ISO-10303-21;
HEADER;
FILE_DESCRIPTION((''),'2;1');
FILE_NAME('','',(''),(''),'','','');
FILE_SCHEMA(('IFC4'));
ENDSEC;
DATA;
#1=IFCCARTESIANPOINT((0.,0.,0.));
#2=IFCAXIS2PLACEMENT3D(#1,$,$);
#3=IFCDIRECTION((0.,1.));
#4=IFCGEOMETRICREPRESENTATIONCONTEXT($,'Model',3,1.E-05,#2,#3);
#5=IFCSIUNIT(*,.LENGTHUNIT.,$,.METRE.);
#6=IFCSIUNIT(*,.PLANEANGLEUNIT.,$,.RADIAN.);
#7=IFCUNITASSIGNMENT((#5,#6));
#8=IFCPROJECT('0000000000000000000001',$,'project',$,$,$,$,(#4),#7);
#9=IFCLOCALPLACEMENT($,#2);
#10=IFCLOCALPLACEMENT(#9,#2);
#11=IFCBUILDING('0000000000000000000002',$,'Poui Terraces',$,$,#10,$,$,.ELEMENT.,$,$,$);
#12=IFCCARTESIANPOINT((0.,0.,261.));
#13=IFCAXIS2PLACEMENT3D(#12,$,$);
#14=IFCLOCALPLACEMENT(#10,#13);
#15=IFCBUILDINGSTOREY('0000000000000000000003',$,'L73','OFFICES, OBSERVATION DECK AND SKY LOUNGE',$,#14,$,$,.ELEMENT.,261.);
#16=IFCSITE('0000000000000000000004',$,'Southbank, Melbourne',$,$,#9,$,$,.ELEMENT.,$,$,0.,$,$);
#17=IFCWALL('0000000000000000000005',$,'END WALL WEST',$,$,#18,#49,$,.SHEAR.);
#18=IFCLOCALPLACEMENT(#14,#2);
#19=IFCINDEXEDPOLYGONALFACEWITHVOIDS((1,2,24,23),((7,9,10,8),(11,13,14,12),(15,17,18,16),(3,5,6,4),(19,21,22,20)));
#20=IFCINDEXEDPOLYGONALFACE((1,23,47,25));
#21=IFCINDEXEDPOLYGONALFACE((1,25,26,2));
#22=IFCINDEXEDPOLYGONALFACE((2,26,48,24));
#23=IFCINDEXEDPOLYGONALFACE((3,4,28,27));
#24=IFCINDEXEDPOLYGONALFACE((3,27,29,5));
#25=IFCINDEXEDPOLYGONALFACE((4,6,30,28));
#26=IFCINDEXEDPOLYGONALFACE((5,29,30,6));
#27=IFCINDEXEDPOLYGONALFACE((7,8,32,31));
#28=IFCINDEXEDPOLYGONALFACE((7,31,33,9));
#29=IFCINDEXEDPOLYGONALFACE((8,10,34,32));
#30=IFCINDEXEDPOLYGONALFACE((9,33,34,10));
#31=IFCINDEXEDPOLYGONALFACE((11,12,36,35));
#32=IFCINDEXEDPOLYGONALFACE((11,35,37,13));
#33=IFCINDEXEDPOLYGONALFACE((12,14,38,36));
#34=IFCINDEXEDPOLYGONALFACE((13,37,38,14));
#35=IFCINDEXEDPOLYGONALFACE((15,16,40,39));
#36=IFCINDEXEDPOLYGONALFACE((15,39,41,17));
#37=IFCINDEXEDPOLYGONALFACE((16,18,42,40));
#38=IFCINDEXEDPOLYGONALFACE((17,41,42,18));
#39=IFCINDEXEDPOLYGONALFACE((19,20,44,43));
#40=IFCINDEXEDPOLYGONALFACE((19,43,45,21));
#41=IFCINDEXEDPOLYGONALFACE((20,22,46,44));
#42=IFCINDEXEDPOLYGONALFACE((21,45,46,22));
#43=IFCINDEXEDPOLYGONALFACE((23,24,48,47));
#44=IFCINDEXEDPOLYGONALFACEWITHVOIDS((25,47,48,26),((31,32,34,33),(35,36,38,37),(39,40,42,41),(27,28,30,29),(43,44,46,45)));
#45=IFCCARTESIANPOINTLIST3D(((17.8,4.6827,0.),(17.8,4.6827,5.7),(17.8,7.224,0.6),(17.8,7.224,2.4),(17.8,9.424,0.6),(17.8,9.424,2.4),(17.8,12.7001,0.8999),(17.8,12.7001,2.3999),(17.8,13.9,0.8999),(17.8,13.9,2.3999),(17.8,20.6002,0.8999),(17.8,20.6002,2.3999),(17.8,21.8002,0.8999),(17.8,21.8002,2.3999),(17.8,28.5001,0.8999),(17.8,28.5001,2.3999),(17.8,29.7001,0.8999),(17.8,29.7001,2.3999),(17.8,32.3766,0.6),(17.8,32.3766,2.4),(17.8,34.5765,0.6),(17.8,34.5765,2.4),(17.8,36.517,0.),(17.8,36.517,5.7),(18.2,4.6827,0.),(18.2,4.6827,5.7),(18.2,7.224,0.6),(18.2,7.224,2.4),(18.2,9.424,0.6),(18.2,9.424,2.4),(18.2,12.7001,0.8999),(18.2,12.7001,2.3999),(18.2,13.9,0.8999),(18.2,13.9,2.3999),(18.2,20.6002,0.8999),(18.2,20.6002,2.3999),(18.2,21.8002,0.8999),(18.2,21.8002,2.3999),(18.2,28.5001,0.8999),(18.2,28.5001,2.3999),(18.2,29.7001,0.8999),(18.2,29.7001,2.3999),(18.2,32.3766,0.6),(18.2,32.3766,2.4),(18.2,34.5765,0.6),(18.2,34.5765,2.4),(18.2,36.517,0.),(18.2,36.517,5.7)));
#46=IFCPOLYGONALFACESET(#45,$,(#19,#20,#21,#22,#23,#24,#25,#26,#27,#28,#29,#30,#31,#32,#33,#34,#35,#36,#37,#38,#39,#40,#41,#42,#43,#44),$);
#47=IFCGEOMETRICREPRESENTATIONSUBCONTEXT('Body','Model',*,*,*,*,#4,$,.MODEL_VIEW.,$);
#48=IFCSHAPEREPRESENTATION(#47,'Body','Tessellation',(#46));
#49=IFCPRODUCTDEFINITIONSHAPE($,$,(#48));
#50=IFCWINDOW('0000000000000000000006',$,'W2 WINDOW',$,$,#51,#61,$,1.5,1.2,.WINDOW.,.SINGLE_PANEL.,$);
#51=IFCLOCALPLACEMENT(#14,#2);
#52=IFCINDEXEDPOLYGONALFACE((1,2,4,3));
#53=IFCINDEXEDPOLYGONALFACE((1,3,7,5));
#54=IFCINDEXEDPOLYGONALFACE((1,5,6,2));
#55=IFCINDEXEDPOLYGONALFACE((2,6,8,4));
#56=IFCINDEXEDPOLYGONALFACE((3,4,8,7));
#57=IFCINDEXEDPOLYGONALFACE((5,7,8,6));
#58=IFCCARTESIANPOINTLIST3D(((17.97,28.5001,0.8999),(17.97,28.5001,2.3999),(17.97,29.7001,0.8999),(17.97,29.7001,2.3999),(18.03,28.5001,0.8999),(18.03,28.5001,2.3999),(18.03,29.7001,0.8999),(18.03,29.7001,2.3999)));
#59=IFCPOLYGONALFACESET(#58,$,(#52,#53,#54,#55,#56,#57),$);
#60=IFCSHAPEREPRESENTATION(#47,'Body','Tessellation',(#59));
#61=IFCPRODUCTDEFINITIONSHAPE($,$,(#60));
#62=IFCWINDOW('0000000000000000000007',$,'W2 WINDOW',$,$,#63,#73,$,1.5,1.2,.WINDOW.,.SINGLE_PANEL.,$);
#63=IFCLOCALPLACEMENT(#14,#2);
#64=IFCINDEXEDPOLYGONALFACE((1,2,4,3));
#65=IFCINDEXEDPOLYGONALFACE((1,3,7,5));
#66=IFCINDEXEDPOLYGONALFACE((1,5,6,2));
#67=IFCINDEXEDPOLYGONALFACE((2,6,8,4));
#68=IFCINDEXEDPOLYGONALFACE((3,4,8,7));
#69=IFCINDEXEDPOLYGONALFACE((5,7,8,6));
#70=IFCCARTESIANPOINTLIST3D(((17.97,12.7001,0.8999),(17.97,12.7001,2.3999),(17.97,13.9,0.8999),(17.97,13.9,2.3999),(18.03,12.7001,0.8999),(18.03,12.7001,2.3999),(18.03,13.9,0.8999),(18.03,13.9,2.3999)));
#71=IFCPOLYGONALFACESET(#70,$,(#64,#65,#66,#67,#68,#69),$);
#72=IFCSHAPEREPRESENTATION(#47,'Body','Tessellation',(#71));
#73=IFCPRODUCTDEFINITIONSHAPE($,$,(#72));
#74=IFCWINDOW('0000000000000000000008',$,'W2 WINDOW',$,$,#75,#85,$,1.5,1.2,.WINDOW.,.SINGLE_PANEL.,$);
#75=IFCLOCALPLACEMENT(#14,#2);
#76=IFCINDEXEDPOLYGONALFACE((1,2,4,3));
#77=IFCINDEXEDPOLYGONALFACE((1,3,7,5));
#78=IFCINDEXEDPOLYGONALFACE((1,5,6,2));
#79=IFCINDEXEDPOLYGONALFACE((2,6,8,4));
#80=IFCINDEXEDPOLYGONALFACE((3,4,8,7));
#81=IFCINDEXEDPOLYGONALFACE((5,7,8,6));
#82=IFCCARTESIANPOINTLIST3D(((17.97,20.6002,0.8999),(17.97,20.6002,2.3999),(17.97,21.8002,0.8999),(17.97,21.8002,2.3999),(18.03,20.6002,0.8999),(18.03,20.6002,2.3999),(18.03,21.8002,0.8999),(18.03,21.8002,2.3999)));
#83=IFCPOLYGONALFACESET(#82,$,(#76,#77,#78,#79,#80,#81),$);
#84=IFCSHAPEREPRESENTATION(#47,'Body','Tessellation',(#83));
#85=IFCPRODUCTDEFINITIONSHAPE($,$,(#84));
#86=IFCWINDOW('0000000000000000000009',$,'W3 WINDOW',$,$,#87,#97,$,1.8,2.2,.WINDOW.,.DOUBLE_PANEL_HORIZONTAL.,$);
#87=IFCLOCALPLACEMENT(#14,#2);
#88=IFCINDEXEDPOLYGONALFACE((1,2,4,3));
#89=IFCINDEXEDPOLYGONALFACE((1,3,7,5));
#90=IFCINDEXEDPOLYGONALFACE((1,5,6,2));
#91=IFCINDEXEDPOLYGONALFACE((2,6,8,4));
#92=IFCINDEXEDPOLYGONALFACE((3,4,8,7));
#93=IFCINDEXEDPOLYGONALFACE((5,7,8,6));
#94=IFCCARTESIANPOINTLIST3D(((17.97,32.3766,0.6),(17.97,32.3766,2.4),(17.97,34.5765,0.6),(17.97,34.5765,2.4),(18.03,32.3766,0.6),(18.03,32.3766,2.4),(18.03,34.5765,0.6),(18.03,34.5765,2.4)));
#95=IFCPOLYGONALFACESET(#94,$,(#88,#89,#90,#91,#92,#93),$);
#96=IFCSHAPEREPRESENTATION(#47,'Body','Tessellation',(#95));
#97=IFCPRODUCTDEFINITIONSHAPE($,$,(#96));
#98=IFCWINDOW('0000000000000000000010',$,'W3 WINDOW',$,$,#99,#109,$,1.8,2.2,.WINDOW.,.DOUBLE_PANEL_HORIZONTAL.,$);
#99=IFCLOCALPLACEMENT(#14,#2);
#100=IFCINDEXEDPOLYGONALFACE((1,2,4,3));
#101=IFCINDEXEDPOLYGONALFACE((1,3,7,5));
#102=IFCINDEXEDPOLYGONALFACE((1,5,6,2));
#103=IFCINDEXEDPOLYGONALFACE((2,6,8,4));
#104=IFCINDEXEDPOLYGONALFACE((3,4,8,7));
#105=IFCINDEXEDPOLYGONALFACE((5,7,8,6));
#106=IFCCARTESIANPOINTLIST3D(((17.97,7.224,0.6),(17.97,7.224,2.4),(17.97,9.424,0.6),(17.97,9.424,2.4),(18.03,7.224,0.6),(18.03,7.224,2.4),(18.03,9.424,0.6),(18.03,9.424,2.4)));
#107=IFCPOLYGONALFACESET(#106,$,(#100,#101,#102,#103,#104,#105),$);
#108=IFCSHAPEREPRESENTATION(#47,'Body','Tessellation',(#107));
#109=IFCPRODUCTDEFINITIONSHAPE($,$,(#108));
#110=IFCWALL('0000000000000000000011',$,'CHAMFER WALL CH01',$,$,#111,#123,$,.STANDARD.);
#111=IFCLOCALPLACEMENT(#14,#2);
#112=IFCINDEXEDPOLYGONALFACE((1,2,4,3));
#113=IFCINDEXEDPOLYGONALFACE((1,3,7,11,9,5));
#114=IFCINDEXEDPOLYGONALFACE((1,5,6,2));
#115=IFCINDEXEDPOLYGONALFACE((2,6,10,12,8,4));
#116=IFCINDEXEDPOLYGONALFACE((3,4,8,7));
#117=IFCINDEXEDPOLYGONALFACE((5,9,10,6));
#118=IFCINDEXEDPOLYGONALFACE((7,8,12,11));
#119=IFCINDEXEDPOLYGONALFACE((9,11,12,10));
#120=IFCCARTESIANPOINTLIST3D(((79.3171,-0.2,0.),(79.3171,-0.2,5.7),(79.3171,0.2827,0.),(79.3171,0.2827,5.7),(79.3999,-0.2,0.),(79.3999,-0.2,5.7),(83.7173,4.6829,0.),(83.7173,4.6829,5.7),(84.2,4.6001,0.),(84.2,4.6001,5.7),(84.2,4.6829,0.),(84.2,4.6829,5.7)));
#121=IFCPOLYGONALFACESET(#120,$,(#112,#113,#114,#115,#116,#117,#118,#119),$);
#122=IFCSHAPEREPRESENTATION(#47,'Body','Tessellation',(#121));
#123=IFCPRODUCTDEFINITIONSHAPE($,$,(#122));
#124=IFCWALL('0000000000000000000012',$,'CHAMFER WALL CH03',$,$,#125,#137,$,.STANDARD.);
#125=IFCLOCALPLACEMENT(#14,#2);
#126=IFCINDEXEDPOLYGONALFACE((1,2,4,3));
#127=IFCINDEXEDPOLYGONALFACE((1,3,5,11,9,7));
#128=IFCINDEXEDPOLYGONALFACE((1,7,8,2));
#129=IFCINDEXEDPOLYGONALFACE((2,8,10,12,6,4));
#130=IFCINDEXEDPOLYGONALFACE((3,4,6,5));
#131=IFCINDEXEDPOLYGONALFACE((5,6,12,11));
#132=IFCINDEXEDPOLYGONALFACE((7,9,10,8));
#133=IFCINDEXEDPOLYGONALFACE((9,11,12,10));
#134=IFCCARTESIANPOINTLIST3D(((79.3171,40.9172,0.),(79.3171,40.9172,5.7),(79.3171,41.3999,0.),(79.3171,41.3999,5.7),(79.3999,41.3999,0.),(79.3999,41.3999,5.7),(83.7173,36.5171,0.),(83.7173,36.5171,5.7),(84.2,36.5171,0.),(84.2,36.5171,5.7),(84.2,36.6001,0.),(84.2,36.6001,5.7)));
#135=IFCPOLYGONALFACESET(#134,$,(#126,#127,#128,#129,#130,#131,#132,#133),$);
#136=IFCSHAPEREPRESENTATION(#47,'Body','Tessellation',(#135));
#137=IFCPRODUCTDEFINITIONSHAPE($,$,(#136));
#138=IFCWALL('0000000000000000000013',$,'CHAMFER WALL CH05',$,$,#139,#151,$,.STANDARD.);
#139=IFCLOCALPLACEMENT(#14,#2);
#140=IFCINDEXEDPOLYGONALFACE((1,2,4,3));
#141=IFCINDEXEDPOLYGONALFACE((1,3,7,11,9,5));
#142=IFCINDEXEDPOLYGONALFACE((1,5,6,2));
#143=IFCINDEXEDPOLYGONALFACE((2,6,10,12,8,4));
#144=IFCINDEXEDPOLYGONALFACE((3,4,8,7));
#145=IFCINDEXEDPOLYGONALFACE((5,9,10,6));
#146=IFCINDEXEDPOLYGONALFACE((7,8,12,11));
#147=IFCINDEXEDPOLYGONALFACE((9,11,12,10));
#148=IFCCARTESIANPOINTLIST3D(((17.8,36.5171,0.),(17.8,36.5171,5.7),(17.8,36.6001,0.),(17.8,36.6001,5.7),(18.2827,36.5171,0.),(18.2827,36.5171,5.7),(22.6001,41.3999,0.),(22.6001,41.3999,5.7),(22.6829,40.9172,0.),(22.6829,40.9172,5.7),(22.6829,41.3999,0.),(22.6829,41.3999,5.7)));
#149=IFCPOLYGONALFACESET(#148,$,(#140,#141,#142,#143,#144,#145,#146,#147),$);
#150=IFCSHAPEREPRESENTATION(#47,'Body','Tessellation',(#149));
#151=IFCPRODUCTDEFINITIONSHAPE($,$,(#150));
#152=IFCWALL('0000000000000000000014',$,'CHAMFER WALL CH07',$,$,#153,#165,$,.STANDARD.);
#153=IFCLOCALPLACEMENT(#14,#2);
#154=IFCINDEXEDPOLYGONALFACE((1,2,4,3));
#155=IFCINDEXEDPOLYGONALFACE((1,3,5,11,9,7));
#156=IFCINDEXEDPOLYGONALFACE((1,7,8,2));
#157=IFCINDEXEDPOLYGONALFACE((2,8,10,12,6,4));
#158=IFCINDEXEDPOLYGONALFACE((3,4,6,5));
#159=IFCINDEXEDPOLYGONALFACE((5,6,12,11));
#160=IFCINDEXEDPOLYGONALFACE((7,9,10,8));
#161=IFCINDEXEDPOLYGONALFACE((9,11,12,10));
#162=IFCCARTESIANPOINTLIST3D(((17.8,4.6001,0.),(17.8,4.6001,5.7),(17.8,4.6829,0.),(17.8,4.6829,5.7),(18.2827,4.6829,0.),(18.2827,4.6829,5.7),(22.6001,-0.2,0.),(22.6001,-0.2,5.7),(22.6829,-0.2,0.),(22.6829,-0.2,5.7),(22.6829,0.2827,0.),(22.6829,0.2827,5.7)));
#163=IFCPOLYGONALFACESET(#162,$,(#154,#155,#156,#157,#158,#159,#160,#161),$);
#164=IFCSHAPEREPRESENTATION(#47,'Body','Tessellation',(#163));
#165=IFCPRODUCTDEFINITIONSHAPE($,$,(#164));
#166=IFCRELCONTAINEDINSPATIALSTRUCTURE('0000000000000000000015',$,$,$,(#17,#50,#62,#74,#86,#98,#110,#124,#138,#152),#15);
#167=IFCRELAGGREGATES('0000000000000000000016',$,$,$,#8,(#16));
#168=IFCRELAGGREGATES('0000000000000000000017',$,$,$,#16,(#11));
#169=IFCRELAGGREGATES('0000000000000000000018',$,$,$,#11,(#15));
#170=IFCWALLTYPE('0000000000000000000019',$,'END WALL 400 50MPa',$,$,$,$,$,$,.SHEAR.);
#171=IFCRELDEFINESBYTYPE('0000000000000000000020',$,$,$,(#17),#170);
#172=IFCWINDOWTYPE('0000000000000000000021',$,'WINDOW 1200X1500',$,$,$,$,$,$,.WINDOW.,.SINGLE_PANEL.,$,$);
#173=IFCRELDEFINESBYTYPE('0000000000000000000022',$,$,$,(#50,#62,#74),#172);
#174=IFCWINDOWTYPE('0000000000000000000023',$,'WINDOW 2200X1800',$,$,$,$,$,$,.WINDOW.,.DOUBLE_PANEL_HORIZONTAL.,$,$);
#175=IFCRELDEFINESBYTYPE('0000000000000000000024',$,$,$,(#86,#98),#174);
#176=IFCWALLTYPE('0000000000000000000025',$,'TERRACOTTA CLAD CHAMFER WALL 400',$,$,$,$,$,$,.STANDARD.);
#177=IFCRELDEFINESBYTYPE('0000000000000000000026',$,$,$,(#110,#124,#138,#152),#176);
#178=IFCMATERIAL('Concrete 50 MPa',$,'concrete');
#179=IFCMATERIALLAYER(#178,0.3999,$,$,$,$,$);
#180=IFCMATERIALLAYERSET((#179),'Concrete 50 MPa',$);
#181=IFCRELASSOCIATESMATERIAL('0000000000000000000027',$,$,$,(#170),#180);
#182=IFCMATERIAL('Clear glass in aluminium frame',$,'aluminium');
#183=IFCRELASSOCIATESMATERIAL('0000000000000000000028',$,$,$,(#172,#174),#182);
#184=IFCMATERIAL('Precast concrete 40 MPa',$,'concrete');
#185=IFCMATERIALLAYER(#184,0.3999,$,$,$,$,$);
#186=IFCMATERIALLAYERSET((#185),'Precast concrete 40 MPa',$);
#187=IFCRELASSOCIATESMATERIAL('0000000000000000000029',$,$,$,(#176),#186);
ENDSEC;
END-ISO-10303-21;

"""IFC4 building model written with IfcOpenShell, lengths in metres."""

from ifc_helpers import new_model, si_unit, direction, frame, frame_2d, origin, place, context, subcontext, project, spatial, polyline, rectangle, outline, extrude, material, layer, layer_set, type_object, element, fill, save


model = new_model("IFC4")

# Units and contexts
model_context = context("Model", 3, precision=1e-05, world=origin(), true_north=direction((0.0, 1.0)))
body_context = subcontext(model_context, "Body", "Model", "MODEL_VIEW")
ifc_project = project(units=[si_unit("LENGTHUNIT", "METRE"), si_unit("PLANEANGLEUNIT", "RADIAN")], contexts=[model_context])

# Site, building, storey
site_placement = place(None, origin())
site = spatial("IfcSite", under=ifc_project, at=site_placement, Name="Southbank, Melbourne", CompositionType="ELEMENT", RefElevation=0.0)
building_placement = place(site_placement, origin())
building = spatial("IfcBuilding", under=site, at=building_placement, Name="Poui Terraces", CompositionType="ELEMENT")
storey_placement = place(building_placement, frame((0.0, 0.0, 261.0)))
storey = spatial("IfcBuildingStorey", under=building, at=storey_placement, Name="L73", Description="OFFICES, OBSERVATION DECK AND SKY LOUNGE", CompositionType="ELEMENT", Elevation=261.0)

# Shared definitions
ifc_material_1 = material(Name="Concrete 50 MPa", Category="concrete")

# Wall, openings, windows
ifc_layer_1 = layer(ifc_material_1, 0.3999)
ifc_layer_set_1 = layer_set([ifc_layer_1], Name="Concrete 50 MPa")
wall_type_1 = type_object("IfcWallType", Name="END WALL 400 50MPa", PredefinedType="SHEAR", material=ifc_layer_set_1)
wall_1_placement = place(storey_placement, frame((18.0, 4.6829, 0.0), z_axis=(0.0, 0.0, 1.0), x_axis=(0.0, 1.0, 0.0)))
wall_1 = element("IfcWall", 1, at=wall_1_placement, inside=storey, type_object=wall_type_1, Name="END WALL WEST", PredefinedType="SHEAR", context=body_context, shape_type="SweptSolid", body=[
    extrude(rectangle(XDim=31.8342, YDim=0.3999, at=frame_2d((15.917, 0.0))), origin(), (0.0, 0.0, 1.0), 5.7),
])
opening_1_placement = place(wall_1_placement, frame((23.8171, 0.0, 0.8999)))
opening_1 = element("IfcOpeningElement", 2, at=opening_1_placement, cuts=wall_1, PredefinedType="OPENING", context=body_context, shape_type="SweptSolid", body=[
    extrude(rectangle(XDim=1.2, YDim=1.5, at=frame_2d((0.6001, 0.75))), frame((0.0, 0.21, 0.0), z_axis=(0.0, -1.0, 0.0), x_axis=(1.0, 0.0, 0.0)), (0.0, 0.0, 1.0), 0.4199),
])
opening_2_placement = place(wall_1_placement, frame((8.0171, 0.0, 0.8999)))
opening_2 = element("IfcOpeningElement", 3, at=opening_2_placement, cuts=wall_1, PredefinedType="OPENING", context=body_context, shape_type="SweptSolid", body=[
    extrude(rectangle(XDim=1.2, YDim=1.5, at=frame_2d((0.6001, 0.75))), frame((0.0, 0.21, 0.0), z_axis=(0.0, -1.0, 0.0), x_axis=(1.0, 0.0, 0.0)), (0.0, 0.0, 1.0), 0.4199),
])
opening_3_placement = place(wall_1_placement, frame((27.6936, 0.0, 0.6001)))
opening_3 = element("IfcOpeningElement", 4, at=opening_3_placement, cuts=wall_1, PredefinedType="OPENING", context=body_context, shape_type="SweptSolid", body=[
    extrude(rectangle(XDim=2.2, YDim=1.8, at=frame_2d((1.1001, 0.8999))), frame((0.0, 0.21, 0.0), z_axis=(0.0, -1.0, 0.0), x_axis=(1.0, 0.0, 0.0)), (0.0, 0.0, 1.0), 0.4199),
])
opening_4_placement = place(wall_1_placement, frame((2.541, 0.0, 0.6001)))
opening_4 = element("IfcOpeningElement", 5, at=opening_4_placement, cuts=wall_1, PredefinedType="OPENING", context=body_context, shape_type="SweptSolid", body=[
    extrude(rectangle(XDim=2.2, YDim=1.8, at=frame_2d((1.1001, 0.8999))), frame((0.0, 0.21, 0.0), z_axis=(0.0, -1.0, 0.0), x_axis=(1.0, 0.0, 0.0)), (0.0, 0.0, 1.0), 0.4199),
])
opening_5_placement = place(wall_1_placement, frame((15.9172, 0.0, 0.8999)))
opening_5 = element("IfcOpeningElement", 6, at=opening_5_placement, cuts=wall_1, PredefinedType="OPENING", context=body_context, shape_type="SweptSolid", body=[
    extrude(rectangle(XDim=1.2, YDim=1.5, at=frame_2d((0.6001, 0.75))), frame((0.0, 0.21, 0.0), z_axis=(0.0, -1.0, 0.0), x_axis=(1.0, 0.0, 0.0)), (0.0, 0.0, 1.0), 0.4199),
])
ifc_material_2 = material(Name="Clear glass in aluminium frame", Category="aluminium")
window_type_1 = type_object("IfcWindowType", Name="WINDOW 1200X1500", PartitioningType="SINGLE_PANEL", PredefinedType="WINDOW", material=ifc_material_2)
window_1_placement = place(opening_1_placement, origin())
window_1 = element("IfcWindow", 7, at=window_1_placement, inside=storey, type_object=window_type_1, Name="W2 WINDOW", OverallHeight=1.5, OverallWidth=1.2, PartitioningType="SINGLE_PANEL", PredefinedType="WINDOW", context=body_context, shape_type="SweptSolid", body=[
    extrude(rectangle(XDim=1.2, YDim=1.5, at=frame_2d((0.6001, 0.75))), frame((0.0, 0.03, 0.0), z_axis=(0.0, -1.0, 0.0), x_axis=(1.0, 0.0, 0.0)), (0.0, 0.0, 1.0), 0.0601),
])
fill(opening_1, window_1)
window_2_placement = place(opening_2_placement, origin())
window_2 = element("IfcWindow", 8, at=window_2_placement, inside=storey, type_object=window_type_1, Name="W2 WINDOW", OverallHeight=1.5, OverallWidth=1.2, PartitioningType="SINGLE_PANEL", PredefinedType="WINDOW", context=body_context, shape_type="SweptSolid", body=[
    extrude(rectangle(XDim=1.2, YDim=1.5, at=frame_2d((0.6001, 0.75))), frame((0.0, 0.03, 0.0), z_axis=(0.0, -1.0, 0.0), x_axis=(1.0, 0.0, 0.0)), (0.0, 0.0, 1.0), 0.0601),
])
fill(opening_2, window_2)
window_3_placement = place(opening_5_placement, origin())
window_3 = element("IfcWindow", 9, at=window_3_placement, inside=storey, type_object=window_type_1, Name="W2 WINDOW", OverallHeight=1.5, OverallWidth=1.2, PartitioningType="SINGLE_PANEL", PredefinedType="WINDOW", context=body_context, shape_type="SweptSolid", body=[
    extrude(rectangle(XDim=1.2, YDim=1.5, at=frame_2d((0.6001, 0.75))), frame((0.0, 0.03, 0.0), z_axis=(0.0, -1.0, 0.0), x_axis=(1.0, 0.0, 0.0)), (0.0, 0.0, 1.0), 0.0601),
])
fill(opening_5, window_3)
window_type_2 = type_object("IfcWindowType", Name="WINDOW 2200X1800", PartitioningType="DOUBLE_PANEL_HORIZONTAL", PredefinedType="WINDOW", material=ifc_material_2)
window_4_placement = place(opening_3_placement, origin())
window_4 = element("IfcWindow", 10, at=window_4_placement, inside=storey, type_object=window_type_2, Name="W3 WINDOW", OverallHeight=1.8, OverallWidth=2.2, PartitioningType="DOUBLE_PANEL_HORIZONTAL", PredefinedType="WINDOW", context=body_context, shape_type="SweptSolid", body=[
    extrude(rectangle(XDim=2.2, YDim=1.8, at=frame_2d((1.1001, 0.8999))), frame((0.0, 0.03, 0.0), z_axis=(0.0, -1.0, 0.0), x_axis=(1.0, 0.0, 0.0)), (0.0, 0.0, 1.0), 0.0601),
])
fill(opening_3, window_4)
window_5_placement = place(opening_4_placement, origin())
window_5 = element("IfcWindow", 11, at=window_5_placement, inside=storey, type_object=window_type_2, Name="W3 WINDOW", OverallHeight=1.8, OverallWidth=2.2, PartitioningType="DOUBLE_PANEL_HORIZONTAL", PredefinedType="WINDOW", context=body_context, shape_type="SweptSolid", body=[
    extrude(rectangle(XDim=2.2, YDim=1.8, at=frame_2d((1.1001, 0.8999))), frame((0.0, 0.03, 0.0), z_axis=(0.0, -1.0, 0.0), x_axis=(1.0, 0.0, 0.0)), (0.0, 0.0, 1.0), 0.0601),
])
fill(opening_4, window_5)

# Walls
ifc_material_3 = material(Name="Precast concrete 40 MPa", Category="concrete")
ifc_layer_2 = layer(ifc_material_3, 0.3999)
ifc_layer_set_2 = layer_set([ifc_layer_2], Name="Precast concrete 40 MPa")
wall_type_2 = type_object("IfcWallType", Name="TERRACOTTA CLAD CHAMFER WALL 400", PredefinedType="STANDARD", material=ifc_layer_set_2)
wall_2_placement = place(storey_placement, origin())
element("IfcWall", 12, at=wall_2_placement, inside=storey, type_object=wall_type_2, Name="CHAMFER WALL CH01", PredefinedType="STANDARD", context=body_context, shape_type="SweptSolid", body=[
    extrude(outline(polyline([(79.3171, -0.2), (79.3999, -0.2), (84.2, 4.6001), (84.2, 4.6829), (83.7173, 4.6829), (79.3171, 0.2827), (79.3171, -0.2)])), origin(), (0.0, 0.0, 1.0), 5.7),
])
wall_3_placement = place(storey_placement, origin())
element("IfcWall", 13, at=wall_3_placement, inside=storey, type_object=wall_type_2, Name="CHAMFER WALL CH03", PredefinedType="STANDARD", context=body_context, shape_type="SweptSolid", body=[
    extrude(outline(polyline([(84.2, 36.5171), (84.2, 36.6001), (79.3999, 41.3999), (79.3171, 41.3999), (79.3171, 40.9172), (83.7173, 36.5171), (84.2, 36.5171)])), origin(), (0.0, 0.0, 1.0), 5.7),
])
wall_4_placement = place(storey_placement, origin())
element("IfcWall", 14, at=wall_4_placement, inside=storey, type_object=wall_type_2, Name="CHAMFER WALL CH05", PredefinedType="STANDARD", context=body_context, shape_type="SweptSolid", body=[
    extrude(outline(polyline([(22.6829, 41.3999), (22.6001, 41.3999), (17.8, 36.6001), (17.8, 36.5171), (18.2827, 36.5171), (22.6829, 40.9172), (22.6829, 41.3999)])), origin(), (0.0, 0.0, 1.0), 5.7),
])
wall_5_placement = place(storey_placement, origin())
element("IfcWall", 15, at=wall_5_placement, inside=storey, type_object=wall_type_2, Name="CHAMFER WALL CH07", PredefinedType="STANDARD", context=body_context, shape_type="SweptSolid", body=[
    extrude(outline(polyline([(17.8, 4.6829), (17.8, 4.6001), (22.6001, -0.2), (22.6829, -0.2), (22.6829, 0.2827), (18.2827, 4.6829), (17.8, 4.6829)])), origin(), (0.0, 0.0, 1.0), 5.7),
])

save(model, "model.ifc")
